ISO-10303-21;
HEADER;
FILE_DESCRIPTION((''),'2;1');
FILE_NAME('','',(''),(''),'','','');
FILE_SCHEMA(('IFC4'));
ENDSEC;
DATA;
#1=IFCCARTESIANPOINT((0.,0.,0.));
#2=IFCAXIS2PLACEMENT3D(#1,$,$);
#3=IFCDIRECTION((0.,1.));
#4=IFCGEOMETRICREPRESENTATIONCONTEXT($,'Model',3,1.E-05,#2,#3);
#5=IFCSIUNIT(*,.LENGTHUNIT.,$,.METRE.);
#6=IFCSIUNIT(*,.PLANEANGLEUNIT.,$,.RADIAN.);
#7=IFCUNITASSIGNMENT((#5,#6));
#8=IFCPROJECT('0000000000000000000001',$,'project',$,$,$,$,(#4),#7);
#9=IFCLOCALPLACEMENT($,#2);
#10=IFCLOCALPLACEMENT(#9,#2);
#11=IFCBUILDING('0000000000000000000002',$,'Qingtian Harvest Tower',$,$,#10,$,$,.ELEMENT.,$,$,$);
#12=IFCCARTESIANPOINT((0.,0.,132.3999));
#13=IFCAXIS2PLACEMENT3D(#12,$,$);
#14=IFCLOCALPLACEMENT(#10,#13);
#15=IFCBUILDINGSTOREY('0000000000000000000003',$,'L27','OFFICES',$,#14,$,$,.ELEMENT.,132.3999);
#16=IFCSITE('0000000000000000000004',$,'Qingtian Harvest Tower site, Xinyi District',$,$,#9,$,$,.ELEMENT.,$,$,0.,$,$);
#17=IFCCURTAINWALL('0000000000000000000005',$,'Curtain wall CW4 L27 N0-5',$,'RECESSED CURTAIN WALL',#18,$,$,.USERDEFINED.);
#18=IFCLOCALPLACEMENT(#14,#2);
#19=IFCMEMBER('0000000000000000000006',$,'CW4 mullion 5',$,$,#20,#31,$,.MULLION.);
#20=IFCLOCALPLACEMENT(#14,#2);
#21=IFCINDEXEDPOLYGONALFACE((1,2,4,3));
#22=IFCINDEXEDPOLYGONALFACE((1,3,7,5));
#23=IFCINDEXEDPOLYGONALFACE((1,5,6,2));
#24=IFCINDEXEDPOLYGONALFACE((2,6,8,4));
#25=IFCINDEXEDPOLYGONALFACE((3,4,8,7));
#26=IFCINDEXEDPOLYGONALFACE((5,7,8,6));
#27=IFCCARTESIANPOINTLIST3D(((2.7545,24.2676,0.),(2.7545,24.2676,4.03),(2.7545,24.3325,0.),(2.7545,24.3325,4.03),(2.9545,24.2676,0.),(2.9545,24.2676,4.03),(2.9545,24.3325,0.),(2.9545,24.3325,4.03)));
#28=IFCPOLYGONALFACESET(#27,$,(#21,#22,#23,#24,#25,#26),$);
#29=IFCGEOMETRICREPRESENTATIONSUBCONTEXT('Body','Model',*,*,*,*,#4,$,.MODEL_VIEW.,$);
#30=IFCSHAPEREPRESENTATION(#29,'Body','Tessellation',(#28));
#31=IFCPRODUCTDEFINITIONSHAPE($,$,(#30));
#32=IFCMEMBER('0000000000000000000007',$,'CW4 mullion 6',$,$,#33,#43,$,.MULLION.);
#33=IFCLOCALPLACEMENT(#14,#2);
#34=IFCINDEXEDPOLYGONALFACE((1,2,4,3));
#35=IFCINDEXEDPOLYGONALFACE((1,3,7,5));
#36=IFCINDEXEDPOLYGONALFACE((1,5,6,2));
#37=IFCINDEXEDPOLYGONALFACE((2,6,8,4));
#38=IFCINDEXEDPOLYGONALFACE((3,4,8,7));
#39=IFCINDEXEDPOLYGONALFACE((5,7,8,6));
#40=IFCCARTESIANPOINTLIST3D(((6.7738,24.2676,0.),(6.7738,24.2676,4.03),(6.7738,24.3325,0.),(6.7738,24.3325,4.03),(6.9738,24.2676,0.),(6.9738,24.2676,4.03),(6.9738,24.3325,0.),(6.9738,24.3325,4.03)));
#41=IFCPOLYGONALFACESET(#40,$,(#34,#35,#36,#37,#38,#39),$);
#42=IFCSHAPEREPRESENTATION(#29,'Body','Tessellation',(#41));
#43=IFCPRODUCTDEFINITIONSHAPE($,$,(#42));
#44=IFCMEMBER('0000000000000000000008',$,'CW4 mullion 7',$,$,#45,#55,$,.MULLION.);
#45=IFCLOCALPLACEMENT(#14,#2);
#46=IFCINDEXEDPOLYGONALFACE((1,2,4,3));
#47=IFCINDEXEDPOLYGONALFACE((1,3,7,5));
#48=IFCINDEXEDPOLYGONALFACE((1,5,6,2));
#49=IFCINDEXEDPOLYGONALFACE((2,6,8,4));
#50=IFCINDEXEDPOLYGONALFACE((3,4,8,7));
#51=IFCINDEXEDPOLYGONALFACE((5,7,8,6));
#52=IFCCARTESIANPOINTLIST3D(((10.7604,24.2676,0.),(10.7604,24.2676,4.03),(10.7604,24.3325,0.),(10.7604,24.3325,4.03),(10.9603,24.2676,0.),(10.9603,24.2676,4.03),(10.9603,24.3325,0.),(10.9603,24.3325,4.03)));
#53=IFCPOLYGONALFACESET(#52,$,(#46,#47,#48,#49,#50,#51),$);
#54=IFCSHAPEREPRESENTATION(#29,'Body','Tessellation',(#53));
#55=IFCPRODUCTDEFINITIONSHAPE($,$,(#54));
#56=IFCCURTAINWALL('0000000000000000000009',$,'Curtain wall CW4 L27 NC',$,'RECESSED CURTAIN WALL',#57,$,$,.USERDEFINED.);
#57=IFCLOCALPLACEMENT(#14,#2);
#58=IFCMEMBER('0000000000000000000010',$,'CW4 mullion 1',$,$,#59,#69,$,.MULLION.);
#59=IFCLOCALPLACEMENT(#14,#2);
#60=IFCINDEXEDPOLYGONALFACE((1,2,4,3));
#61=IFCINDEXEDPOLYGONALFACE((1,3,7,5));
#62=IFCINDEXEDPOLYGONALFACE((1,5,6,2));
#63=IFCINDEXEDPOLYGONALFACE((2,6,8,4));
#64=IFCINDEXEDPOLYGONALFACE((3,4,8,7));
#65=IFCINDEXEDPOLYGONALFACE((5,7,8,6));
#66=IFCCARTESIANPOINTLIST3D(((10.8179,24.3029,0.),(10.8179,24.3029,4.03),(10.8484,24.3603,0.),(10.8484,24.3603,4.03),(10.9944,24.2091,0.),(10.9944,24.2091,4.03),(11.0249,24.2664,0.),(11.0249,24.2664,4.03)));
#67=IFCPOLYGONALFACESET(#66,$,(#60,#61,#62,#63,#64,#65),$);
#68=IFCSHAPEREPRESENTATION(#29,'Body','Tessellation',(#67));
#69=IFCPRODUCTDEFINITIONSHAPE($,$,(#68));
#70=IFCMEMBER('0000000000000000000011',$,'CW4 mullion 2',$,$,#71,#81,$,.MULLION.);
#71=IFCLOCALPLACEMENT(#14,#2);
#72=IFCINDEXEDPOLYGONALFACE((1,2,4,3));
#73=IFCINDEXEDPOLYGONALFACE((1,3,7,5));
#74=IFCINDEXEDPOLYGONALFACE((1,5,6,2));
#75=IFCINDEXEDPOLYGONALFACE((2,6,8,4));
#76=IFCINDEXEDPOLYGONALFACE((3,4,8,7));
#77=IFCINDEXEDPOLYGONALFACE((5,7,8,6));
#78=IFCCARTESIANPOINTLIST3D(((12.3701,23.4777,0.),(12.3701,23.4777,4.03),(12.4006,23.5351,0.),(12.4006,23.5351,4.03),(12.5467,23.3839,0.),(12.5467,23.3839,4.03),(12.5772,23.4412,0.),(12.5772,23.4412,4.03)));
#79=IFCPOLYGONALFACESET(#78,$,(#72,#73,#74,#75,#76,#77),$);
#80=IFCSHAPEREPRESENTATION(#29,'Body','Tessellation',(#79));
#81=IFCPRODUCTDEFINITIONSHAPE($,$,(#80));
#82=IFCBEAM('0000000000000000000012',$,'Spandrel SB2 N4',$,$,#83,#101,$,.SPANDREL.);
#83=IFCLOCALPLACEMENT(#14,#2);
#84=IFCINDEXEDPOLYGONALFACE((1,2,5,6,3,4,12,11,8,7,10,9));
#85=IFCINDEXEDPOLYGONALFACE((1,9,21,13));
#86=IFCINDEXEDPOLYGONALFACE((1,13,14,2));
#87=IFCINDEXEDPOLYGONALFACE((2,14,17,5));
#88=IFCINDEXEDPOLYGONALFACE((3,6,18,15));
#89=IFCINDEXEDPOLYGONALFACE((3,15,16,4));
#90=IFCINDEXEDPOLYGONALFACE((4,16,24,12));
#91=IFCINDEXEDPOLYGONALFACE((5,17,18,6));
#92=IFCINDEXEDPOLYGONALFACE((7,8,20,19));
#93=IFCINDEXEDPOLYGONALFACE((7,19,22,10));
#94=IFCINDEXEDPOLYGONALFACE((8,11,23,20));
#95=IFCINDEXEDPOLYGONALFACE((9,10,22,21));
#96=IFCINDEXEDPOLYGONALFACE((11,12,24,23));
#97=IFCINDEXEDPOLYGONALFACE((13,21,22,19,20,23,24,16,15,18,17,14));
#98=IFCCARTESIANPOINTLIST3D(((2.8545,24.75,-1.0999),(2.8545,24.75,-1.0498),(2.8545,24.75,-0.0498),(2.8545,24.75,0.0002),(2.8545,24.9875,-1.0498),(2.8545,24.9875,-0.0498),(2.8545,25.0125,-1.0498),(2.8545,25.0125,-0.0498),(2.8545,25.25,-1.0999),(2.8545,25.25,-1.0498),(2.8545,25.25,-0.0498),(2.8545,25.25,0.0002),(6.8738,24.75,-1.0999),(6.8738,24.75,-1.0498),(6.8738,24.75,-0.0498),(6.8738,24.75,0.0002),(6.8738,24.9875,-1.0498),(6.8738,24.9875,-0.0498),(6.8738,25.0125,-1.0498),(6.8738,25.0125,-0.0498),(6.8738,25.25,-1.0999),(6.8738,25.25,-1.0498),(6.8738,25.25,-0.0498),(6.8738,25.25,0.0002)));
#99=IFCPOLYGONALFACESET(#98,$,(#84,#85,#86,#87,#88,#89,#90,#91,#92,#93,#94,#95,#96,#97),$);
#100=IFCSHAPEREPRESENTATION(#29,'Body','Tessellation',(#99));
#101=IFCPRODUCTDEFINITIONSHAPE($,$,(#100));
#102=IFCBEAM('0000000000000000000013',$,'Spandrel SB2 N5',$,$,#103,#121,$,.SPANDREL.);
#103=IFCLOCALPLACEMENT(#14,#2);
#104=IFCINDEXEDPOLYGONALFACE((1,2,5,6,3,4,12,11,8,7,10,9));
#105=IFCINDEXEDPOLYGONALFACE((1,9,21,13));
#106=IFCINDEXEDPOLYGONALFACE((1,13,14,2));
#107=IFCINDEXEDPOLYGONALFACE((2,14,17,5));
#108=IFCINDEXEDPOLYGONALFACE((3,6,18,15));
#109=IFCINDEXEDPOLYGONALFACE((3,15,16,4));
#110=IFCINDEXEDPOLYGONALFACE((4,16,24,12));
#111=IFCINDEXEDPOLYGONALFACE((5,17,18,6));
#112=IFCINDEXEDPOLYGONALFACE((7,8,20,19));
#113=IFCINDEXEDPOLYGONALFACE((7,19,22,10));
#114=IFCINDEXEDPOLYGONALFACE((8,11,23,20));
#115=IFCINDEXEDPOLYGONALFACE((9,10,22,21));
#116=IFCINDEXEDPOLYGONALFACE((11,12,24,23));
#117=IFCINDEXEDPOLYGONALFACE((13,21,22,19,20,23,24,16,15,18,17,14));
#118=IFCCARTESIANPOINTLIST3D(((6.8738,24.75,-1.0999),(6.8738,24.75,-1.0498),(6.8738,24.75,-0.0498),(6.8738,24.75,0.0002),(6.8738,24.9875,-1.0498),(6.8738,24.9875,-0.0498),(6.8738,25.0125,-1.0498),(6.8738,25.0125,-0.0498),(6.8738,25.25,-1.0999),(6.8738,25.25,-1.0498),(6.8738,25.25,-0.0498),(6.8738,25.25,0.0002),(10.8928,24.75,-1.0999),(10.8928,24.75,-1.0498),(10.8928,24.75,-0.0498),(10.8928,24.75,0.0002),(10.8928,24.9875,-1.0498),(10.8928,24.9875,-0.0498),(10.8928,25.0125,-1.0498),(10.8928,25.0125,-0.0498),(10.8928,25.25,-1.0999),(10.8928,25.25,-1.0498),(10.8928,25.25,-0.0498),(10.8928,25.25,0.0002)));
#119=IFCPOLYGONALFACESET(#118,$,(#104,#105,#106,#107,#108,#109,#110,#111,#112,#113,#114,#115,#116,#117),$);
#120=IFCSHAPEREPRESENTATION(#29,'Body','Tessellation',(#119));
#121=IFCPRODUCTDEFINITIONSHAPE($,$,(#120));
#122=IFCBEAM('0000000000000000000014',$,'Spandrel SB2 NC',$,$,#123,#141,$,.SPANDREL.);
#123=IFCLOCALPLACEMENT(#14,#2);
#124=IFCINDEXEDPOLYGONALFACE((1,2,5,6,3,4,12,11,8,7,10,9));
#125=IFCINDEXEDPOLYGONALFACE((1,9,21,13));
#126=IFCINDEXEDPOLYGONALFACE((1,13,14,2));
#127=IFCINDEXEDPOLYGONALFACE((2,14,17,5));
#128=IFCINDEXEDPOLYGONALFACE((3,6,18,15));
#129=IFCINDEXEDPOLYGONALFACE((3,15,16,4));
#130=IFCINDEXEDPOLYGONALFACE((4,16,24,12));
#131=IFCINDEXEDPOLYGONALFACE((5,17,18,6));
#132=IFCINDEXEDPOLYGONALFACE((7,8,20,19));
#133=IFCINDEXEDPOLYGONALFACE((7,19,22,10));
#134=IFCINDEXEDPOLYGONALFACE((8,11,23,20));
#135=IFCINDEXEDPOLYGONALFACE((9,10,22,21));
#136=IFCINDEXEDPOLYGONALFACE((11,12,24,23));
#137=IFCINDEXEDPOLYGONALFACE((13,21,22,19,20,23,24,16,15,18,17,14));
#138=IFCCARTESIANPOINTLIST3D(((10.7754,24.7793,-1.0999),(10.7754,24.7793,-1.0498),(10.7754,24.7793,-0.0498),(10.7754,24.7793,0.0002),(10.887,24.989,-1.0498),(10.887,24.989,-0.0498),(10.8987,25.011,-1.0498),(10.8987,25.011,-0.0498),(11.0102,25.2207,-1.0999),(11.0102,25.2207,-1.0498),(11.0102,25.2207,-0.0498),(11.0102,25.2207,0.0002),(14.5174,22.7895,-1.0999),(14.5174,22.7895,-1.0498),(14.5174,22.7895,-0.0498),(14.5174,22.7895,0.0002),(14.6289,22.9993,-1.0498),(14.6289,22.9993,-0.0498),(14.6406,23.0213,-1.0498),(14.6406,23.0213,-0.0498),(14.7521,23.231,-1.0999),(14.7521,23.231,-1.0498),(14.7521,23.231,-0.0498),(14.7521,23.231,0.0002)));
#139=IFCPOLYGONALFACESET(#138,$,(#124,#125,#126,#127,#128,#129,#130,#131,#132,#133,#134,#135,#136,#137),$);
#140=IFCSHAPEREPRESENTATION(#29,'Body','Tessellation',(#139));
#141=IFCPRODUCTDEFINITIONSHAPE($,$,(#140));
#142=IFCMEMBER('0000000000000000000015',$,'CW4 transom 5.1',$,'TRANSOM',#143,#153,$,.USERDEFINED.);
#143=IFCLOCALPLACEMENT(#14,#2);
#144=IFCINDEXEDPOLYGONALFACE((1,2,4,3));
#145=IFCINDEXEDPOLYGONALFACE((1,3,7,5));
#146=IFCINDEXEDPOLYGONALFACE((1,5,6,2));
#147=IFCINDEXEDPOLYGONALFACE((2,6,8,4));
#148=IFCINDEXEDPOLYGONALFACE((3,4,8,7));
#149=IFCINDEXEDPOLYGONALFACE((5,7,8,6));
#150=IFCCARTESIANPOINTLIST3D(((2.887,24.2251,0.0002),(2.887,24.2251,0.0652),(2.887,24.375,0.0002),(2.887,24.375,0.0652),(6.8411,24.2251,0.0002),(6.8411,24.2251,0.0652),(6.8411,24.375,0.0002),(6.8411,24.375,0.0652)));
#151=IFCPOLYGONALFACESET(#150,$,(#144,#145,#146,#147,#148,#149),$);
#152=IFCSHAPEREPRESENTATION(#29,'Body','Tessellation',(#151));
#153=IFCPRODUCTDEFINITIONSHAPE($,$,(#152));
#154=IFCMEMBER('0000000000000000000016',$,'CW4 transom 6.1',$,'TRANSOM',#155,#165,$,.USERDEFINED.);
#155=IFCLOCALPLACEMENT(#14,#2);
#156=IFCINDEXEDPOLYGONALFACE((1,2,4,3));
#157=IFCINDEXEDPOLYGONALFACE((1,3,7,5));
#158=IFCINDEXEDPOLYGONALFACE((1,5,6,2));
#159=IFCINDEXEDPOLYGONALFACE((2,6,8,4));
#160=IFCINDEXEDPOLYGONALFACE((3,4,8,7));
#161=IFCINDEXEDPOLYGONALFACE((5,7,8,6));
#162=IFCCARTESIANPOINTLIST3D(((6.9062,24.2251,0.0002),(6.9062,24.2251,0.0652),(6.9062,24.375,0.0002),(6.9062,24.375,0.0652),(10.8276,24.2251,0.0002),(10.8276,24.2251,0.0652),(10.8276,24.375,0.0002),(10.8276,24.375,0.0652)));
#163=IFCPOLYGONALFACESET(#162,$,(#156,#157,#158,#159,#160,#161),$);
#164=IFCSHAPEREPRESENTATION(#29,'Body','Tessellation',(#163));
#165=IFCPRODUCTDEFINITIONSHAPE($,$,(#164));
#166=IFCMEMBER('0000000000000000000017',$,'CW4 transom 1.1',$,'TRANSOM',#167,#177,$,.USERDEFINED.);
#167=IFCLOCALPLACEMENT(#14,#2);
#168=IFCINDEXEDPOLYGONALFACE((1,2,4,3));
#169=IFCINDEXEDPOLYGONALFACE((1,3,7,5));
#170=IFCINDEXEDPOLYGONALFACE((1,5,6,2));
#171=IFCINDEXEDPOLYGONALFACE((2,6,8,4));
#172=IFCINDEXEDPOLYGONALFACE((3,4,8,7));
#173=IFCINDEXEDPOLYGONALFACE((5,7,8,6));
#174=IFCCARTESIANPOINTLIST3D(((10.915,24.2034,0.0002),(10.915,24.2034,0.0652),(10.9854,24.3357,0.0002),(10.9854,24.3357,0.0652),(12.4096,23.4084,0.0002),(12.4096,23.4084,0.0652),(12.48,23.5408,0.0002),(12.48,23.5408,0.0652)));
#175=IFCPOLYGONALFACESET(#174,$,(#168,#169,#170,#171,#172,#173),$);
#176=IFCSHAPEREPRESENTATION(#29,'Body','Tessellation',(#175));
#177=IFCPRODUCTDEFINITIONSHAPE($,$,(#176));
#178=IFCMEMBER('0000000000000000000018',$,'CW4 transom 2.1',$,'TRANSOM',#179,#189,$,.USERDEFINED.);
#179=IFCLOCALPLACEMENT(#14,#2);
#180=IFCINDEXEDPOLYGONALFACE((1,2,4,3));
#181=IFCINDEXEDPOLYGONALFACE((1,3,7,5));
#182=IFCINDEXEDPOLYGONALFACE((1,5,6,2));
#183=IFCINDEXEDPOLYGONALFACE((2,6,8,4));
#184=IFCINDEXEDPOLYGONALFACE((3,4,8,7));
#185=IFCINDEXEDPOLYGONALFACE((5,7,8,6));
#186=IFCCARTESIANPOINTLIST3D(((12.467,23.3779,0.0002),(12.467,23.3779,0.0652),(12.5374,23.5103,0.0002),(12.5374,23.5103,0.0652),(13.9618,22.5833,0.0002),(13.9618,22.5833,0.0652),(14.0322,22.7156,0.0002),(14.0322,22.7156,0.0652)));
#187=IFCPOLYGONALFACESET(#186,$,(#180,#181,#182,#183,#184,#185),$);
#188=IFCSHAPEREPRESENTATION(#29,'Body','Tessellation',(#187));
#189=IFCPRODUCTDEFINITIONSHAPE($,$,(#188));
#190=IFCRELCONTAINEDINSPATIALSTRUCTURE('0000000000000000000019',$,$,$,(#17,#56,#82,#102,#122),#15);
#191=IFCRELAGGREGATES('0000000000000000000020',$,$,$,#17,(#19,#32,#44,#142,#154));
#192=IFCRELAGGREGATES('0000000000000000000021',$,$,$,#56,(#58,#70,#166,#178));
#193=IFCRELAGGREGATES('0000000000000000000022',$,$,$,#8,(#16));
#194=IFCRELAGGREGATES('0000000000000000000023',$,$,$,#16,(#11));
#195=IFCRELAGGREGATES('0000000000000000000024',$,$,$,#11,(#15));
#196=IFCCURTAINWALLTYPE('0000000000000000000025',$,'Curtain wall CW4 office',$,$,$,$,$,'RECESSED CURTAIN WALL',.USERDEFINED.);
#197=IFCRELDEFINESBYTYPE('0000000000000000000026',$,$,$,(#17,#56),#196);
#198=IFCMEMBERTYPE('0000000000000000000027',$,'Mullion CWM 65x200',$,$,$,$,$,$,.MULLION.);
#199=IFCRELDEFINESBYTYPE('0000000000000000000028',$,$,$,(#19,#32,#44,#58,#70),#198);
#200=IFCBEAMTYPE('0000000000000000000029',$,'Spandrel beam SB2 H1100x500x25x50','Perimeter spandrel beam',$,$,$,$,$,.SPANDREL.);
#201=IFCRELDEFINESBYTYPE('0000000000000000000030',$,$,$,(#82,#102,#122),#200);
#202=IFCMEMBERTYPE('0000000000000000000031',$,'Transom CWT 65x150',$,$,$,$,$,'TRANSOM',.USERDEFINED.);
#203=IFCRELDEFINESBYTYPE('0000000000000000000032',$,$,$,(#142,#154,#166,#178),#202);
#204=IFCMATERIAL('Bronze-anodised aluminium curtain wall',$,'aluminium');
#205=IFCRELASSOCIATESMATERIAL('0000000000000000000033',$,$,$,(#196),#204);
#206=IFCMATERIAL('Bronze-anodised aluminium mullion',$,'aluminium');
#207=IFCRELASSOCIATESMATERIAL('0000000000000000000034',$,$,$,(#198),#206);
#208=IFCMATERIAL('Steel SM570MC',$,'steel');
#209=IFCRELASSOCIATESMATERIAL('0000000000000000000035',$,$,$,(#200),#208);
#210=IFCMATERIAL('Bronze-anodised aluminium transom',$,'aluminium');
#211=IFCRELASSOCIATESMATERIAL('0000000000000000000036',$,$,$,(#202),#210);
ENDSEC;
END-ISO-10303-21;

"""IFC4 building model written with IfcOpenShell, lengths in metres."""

from ifc_helpers import new_model, si_unit, direction, frame, origin, origin_2d, place, context, subcontext, project, spatial, rectangle, i_section, extrude, material, material_profile, profile_set, type_object, element, aggregate, save


model = new_model("IFC4")

# Units and contexts
model_context = context("Model", 3, precision=1e-05, world=origin(), true_north=direction((0.0, 1.0)))
body_context = subcontext(model_context, "Body", "Model", "MODEL_VIEW")
ifc_project = project(units=[si_unit("LENGTHUNIT", "METRE"), si_unit("PLANEANGLEUNIT", "RADIAN")], contexts=[model_context])

# Site, building, storey
site_placement = place(None, origin())
site = spatial("IfcSite", under=ifc_project, at=site_placement, Name="Qingtian Harvest Tower site, Xinyi District", CompositionType="ELEMENT", RefElevation=0.0)
building_placement = place(site_placement, origin())
building = spatial("IfcBuilding", under=site, at=building_placement, Name="Qingtian Harvest Tower", CompositionType="ELEMENT")
storey_placement = place(building_placement, frame((0.0, 0.0, 132.3999)))
storey = spatial("IfcBuildingStorey", under=building, at=storey_placement, Name="L27", Description="OFFICES", CompositionType="ELEMENT", Elevation=132.3999)

# Curtain walls, members
ifc_material_1 = material(Name="Bronze-anodised aluminium curtain wall", Category="aluminium")
curtain_wall_type = type_object("IfcCurtainWallType", Name="Curtain wall CW4 office", ElementType="RECESSED CURTAIN WALL", PredefinedType="USERDEFINED", material=ifc_material_1)
curtain_wall_1_placement = place(storey_placement, origin())
curtain_wall_1 = element("IfcCurtainWall", 1, at=curtain_wall_1_placement, inside=storey, type_object=curtain_wall_type, Name="Curtain wall CW4 L27 N0-5", ObjectType="RECESSED CURTAIN WALL", PredefinedType="USERDEFINED")
ifc_material_2 = material(Name="Bronze-anodised aluminium mullion", Category="aluminium")
ifc_material_profile_1 = material_profile(ifc_material_2, rectangle(XDim=0.0649, YDim=0.2, at=origin_2d()), Name="AL 65x200")
ifc_profile_set_1 = profile_set([ifc_material_profile_1], Name="Bronze-anodised aluminium mullion")
member_type_1 = type_object("IfcMemberType", Name="Mullion CWM 65x200", PredefinedType="MULLION", material=ifc_profile_set_1)
member_1_placement = place(storey_placement, frame((2.8545, 24.3, 0.0), z_axis=(0.0, 0.0, 1.0), x_axis=(0.0, 1.0, 0.0)))
member_1 = element("IfcMember", 2, at=member_1_placement, type_object=member_type_1, Name="CW4 mullion 5", PredefinedType="MULLION", context=body_context, shape_type="SweptSolid", body=[
    extrude(rectangle(XDim=0.0649, YDim=0.2, at=origin_2d()), origin(), (0.0, 0.0, 1.0), 4.03),
])
member_2_placement = place(storey_placement, frame((6.8738, 24.3, 0.0), z_axis=(0.0, 0.0, 1.0), x_axis=(0.0, 1.0, 0.0)))
member_2 = element("IfcMember", 3, at=member_2_placement, type_object=member_type_1, Name="CW4 mullion 6", PredefinedType="MULLION", context=body_context, shape_type="SweptSolid", body=[
    extrude(rectangle(XDim=0.0649, YDim=0.2, at=origin_2d()), origin(), (0.0, 0.0, 1.0), 4.03),
])
member_3_placement = place(storey_placement, frame((10.8604, 24.3, 0.0), z_axis=(0.0, 0.0, 1.0), x_axis=(0.0, 1.0, 0.0)))
member_3 = element("IfcMember", 4, at=member_3_placement, type_object=member_type_1, Name="CW4 mullion 7", PredefinedType="MULLION", context=body_context, shape_type="SweptSolid", body=[
    extrude(rectangle(XDim=0.0649, YDim=0.2, at=origin_2d()), origin(), (0.0, 0.0, 1.0), 4.03),
])
curtain_wall_2_placement = place(storey_placement, origin())
curtain_wall_2 = element("IfcCurtainWall", 5, at=curtain_wall_2_placement, inside=storey, type_object=curtain_wall_type, Name="Curtain wall CW4 L27 NC", ObjectType="RECESSED CURTAIN WALL", PredefinedType="USERDEFINED")
member_4_placement = place(storey_placement, frame((10.9214, 24.2847, 0.0), z_axis=(0.0, 0.0, 1.0), x_axis=(0.469472, 0.882948, 0.0)))
member_4 = element("IfcMember", 6, at=member_4_placement, type_object=member_type_1, Name="CW4 mullion 1", PredefinedType="MULLION", context=body_context, shape_type="SweptSolid", body=[
    extrude(rectangle(XDim=0.0649, YDim=0.2, at=origin_2d()), origin(), (0.0, 0.0, 1.0), 4.03),
])
member_5_placement = place(storey_placement, frame((12.4736, 23.4595, 0.0), z_axis=(0.0, 0.0, 1.0), x_axis=(0.469472, 0.882948, 0.0)))
member_5 = element("IfcMember", 7, at=member_5_placement, type_object=member_type_1, Name="CW4 mullion 2", PredefinedType="MULLION", context=body_context, shape_type="SweptSolid", body=[
    extrude(rectangle(XDim=0.0649, YDim=0.2, at=origin_2d()), origin(), (0.0, 0.0, 1.0), 4.03),
])

# Beams
ifc_material_3 = material(Name="Steel SM570MC", Category="steel")
ifc_material_profile_2 = material_profile(ifc_material_3, i_section(OverallWidth=0.5, OverallDepth=1.1001, WebThickness=0.0249, FlangeThickness=0.05, at=origin_2d()), Name="H1100x500x25x50")
ifc_profile_set_2 = profile_set([ifc_material_profile_2], Name="Steel SM570MC")
beam_type_1 = type_object("IfcBeamType", Name="Spandrel beam SB2 H1100x500x25x50", Description="Perimeter spandrel beam", PredefinedType="SPANDREL", material=ifc_profile_set_2)
beam_1_placement = place(storey_placement, frame((2.8545, 25.0, -0.5498), z_axis=(1.0, 0.0, 0.0), x_axis=(0.0, 1.0, 0.0)))
element("IfcBeam", 8, at=beam_1_placement, inside=storey, type_object=beam_type_1, Name="Spandrel SB2 N4", PredefinedType="SPANDREL", context=body_context, shape_type="SweptSolid", body=[
    extrude(i_section(OverallWidth=0.5, OverallDepth=1.1001, WebThickness=0.0249, FlangeThickness=0.05, at=origin_2d()), origin(), (0.0, 0.0, 1.0), 4.0193),
])
beam_2_placement = place(storey_placement, frame((6.8738, 25.0, -0.5498), z_axis=(1.0, 0.0, 0.0), x_axis=(0.0, 1.0, 0.0)))
element("IfcBeam", 9, at=beam_2_placement, inside=storey, type_object=beam_type_1, Name="Spandrel SB2 N5", PredefinedType="SPANDREL", context=body_context, shape_type="SweptSolid", body=[
    extrude(i_section(OverallWidth=0.5, OverallDepth=1.1001, WebThickness=0.0249, FlangeThickness=0.05, at=origin_2d()), origin(), (0.0, 0.0, 1.0), 4.019),
])
beam_3_placement = place(storey_placement, frame((10.8928, 25.0, -0.5498), z_axis=(0.882936, -0.469494, 0.0), x_axis=(0.469494, 0.882936, 0.0)))
element("IfcBeam", 10, at=beam_3_placement, inside=storey, type_object=beam_type_1, Name="Spandrel SB2 NC", PredefinedType="SPANDREL", context=body_context, shape_type="SweptSolid", body=[
    extrude(i_section(OverallWidth=0.5, OverallDepth=1.1001, WebThickness=0.0249, FlangeThickness=0.05, at=origin_2d()), origin(), (0.0, 0.0, 1.0), 4.238),
])

# Members
ifc_material_4 = material(Name="Bronze-anodised aluminium transom", Category="aluminium")
ifc_material_profile_3 = material_profile(ifc_material_4, rectangle(XDim=0.1499, YDim=0.0649, at=origin_2d()), Name="AL 65x150")
ifc_profile_set_3 = profile_set([ifc_material_profile_3], Name="Bronze-anodised aluminium transom")
member_type_2 = type_object("IfcMemberType", Name="Transom CWT 65x150", ElementType="TRANSOM", PredefinedType="USERDEFINED", material=ifc_profile_set_3)
member_6_placement = place(storey_placement, frame((2.887, 24.3, 0.0327), z_axis=(1.0, 0.0, 0.0), x_axis=(0.0, 1.0, 0.0)))
member_6 = element("IfcMember", 11, at=member_6_placement, type_object=member_type_2, Name="CW4 transom 5.1", ObjectType="TRANSOM", PredefinedType="USERDEFINED", context=body_context, shape_type="SweptSolid", body=[
    extrude(rectangle(XDim=0.1499, YDim=0.0649, at=origin_2d()), origin(), (0.0, 0.0, 1.0), 3.9541),
])
member_7_placement = place(storey_placement, frame((6.9062, 24.3, 0.0327), z_axis=(1.0, 0.0, 0.0), x_axis=(0.0, 1.0, 0.0)))
member_7 = element("IfcMember", 12, at=member_7_placement, type_object=member_type_2, Name="CW4 transom 6.1", ObjectType="TRANSOM", PredefinedType="USERDEFINED", context=body_context, shape_type="SweptSolid", body=[
    extrude(rectangle(XDim=0.1499, YDim=0.0649, at=origin_2d()), origin(), (0.0, 0.0, 1.0), 3.9214),
])
member_8_placement = place(storey_placement, frame((10.9502, 24.2695, 0.0327), z_axis=(0.882895, -0.46957, 0.0), x_axis=(0.46957, 0.882895, 0.0)))
member_8 = element("IfcMember", 13, at=member_8_placement, type_object=member_type_2, Name="CW4 transom 1.1", ObjectType="TRANSOM", PredefinedType="USERDEFINED", context=body_context, shape_type="SweptSolid", body=[
    extrude(rectangle(XDim=0.1499, YDim=0.0649, at=origin_2d()), origin(), (0.0, 0.0, 1.0), 1.6929),
])
member_9_placement = place(storey_placement, frame((12.5022, 23.4441, 0.0327), z_axis=(0.882987, -0.469398, 0.0), x_axis=(0.469398, 0.882987, 0.0)))
member_9 = element("IfcMember", 14, at=member_9_placement, type_object=member_type_2, Name="CW4 transom 2.1", ObjectType="TRANSOM", PredefinedType="USERDEFINED", context=body_context, shape_type="SweptSolid", body=[
    extrude(rectangle(XDim=0.1499, YDim=0.0649, at=origin_2d()), origin(), (0.0, 0.0, 1.0), 1.6929),
])

aggregate(curtain_wall_1, [member_1, member_2, member_3, member_6, member_7])
aggregate(curtain_wall_2, [member_4, member_5, member_8, member_9])

save(model, "model.ifc")
